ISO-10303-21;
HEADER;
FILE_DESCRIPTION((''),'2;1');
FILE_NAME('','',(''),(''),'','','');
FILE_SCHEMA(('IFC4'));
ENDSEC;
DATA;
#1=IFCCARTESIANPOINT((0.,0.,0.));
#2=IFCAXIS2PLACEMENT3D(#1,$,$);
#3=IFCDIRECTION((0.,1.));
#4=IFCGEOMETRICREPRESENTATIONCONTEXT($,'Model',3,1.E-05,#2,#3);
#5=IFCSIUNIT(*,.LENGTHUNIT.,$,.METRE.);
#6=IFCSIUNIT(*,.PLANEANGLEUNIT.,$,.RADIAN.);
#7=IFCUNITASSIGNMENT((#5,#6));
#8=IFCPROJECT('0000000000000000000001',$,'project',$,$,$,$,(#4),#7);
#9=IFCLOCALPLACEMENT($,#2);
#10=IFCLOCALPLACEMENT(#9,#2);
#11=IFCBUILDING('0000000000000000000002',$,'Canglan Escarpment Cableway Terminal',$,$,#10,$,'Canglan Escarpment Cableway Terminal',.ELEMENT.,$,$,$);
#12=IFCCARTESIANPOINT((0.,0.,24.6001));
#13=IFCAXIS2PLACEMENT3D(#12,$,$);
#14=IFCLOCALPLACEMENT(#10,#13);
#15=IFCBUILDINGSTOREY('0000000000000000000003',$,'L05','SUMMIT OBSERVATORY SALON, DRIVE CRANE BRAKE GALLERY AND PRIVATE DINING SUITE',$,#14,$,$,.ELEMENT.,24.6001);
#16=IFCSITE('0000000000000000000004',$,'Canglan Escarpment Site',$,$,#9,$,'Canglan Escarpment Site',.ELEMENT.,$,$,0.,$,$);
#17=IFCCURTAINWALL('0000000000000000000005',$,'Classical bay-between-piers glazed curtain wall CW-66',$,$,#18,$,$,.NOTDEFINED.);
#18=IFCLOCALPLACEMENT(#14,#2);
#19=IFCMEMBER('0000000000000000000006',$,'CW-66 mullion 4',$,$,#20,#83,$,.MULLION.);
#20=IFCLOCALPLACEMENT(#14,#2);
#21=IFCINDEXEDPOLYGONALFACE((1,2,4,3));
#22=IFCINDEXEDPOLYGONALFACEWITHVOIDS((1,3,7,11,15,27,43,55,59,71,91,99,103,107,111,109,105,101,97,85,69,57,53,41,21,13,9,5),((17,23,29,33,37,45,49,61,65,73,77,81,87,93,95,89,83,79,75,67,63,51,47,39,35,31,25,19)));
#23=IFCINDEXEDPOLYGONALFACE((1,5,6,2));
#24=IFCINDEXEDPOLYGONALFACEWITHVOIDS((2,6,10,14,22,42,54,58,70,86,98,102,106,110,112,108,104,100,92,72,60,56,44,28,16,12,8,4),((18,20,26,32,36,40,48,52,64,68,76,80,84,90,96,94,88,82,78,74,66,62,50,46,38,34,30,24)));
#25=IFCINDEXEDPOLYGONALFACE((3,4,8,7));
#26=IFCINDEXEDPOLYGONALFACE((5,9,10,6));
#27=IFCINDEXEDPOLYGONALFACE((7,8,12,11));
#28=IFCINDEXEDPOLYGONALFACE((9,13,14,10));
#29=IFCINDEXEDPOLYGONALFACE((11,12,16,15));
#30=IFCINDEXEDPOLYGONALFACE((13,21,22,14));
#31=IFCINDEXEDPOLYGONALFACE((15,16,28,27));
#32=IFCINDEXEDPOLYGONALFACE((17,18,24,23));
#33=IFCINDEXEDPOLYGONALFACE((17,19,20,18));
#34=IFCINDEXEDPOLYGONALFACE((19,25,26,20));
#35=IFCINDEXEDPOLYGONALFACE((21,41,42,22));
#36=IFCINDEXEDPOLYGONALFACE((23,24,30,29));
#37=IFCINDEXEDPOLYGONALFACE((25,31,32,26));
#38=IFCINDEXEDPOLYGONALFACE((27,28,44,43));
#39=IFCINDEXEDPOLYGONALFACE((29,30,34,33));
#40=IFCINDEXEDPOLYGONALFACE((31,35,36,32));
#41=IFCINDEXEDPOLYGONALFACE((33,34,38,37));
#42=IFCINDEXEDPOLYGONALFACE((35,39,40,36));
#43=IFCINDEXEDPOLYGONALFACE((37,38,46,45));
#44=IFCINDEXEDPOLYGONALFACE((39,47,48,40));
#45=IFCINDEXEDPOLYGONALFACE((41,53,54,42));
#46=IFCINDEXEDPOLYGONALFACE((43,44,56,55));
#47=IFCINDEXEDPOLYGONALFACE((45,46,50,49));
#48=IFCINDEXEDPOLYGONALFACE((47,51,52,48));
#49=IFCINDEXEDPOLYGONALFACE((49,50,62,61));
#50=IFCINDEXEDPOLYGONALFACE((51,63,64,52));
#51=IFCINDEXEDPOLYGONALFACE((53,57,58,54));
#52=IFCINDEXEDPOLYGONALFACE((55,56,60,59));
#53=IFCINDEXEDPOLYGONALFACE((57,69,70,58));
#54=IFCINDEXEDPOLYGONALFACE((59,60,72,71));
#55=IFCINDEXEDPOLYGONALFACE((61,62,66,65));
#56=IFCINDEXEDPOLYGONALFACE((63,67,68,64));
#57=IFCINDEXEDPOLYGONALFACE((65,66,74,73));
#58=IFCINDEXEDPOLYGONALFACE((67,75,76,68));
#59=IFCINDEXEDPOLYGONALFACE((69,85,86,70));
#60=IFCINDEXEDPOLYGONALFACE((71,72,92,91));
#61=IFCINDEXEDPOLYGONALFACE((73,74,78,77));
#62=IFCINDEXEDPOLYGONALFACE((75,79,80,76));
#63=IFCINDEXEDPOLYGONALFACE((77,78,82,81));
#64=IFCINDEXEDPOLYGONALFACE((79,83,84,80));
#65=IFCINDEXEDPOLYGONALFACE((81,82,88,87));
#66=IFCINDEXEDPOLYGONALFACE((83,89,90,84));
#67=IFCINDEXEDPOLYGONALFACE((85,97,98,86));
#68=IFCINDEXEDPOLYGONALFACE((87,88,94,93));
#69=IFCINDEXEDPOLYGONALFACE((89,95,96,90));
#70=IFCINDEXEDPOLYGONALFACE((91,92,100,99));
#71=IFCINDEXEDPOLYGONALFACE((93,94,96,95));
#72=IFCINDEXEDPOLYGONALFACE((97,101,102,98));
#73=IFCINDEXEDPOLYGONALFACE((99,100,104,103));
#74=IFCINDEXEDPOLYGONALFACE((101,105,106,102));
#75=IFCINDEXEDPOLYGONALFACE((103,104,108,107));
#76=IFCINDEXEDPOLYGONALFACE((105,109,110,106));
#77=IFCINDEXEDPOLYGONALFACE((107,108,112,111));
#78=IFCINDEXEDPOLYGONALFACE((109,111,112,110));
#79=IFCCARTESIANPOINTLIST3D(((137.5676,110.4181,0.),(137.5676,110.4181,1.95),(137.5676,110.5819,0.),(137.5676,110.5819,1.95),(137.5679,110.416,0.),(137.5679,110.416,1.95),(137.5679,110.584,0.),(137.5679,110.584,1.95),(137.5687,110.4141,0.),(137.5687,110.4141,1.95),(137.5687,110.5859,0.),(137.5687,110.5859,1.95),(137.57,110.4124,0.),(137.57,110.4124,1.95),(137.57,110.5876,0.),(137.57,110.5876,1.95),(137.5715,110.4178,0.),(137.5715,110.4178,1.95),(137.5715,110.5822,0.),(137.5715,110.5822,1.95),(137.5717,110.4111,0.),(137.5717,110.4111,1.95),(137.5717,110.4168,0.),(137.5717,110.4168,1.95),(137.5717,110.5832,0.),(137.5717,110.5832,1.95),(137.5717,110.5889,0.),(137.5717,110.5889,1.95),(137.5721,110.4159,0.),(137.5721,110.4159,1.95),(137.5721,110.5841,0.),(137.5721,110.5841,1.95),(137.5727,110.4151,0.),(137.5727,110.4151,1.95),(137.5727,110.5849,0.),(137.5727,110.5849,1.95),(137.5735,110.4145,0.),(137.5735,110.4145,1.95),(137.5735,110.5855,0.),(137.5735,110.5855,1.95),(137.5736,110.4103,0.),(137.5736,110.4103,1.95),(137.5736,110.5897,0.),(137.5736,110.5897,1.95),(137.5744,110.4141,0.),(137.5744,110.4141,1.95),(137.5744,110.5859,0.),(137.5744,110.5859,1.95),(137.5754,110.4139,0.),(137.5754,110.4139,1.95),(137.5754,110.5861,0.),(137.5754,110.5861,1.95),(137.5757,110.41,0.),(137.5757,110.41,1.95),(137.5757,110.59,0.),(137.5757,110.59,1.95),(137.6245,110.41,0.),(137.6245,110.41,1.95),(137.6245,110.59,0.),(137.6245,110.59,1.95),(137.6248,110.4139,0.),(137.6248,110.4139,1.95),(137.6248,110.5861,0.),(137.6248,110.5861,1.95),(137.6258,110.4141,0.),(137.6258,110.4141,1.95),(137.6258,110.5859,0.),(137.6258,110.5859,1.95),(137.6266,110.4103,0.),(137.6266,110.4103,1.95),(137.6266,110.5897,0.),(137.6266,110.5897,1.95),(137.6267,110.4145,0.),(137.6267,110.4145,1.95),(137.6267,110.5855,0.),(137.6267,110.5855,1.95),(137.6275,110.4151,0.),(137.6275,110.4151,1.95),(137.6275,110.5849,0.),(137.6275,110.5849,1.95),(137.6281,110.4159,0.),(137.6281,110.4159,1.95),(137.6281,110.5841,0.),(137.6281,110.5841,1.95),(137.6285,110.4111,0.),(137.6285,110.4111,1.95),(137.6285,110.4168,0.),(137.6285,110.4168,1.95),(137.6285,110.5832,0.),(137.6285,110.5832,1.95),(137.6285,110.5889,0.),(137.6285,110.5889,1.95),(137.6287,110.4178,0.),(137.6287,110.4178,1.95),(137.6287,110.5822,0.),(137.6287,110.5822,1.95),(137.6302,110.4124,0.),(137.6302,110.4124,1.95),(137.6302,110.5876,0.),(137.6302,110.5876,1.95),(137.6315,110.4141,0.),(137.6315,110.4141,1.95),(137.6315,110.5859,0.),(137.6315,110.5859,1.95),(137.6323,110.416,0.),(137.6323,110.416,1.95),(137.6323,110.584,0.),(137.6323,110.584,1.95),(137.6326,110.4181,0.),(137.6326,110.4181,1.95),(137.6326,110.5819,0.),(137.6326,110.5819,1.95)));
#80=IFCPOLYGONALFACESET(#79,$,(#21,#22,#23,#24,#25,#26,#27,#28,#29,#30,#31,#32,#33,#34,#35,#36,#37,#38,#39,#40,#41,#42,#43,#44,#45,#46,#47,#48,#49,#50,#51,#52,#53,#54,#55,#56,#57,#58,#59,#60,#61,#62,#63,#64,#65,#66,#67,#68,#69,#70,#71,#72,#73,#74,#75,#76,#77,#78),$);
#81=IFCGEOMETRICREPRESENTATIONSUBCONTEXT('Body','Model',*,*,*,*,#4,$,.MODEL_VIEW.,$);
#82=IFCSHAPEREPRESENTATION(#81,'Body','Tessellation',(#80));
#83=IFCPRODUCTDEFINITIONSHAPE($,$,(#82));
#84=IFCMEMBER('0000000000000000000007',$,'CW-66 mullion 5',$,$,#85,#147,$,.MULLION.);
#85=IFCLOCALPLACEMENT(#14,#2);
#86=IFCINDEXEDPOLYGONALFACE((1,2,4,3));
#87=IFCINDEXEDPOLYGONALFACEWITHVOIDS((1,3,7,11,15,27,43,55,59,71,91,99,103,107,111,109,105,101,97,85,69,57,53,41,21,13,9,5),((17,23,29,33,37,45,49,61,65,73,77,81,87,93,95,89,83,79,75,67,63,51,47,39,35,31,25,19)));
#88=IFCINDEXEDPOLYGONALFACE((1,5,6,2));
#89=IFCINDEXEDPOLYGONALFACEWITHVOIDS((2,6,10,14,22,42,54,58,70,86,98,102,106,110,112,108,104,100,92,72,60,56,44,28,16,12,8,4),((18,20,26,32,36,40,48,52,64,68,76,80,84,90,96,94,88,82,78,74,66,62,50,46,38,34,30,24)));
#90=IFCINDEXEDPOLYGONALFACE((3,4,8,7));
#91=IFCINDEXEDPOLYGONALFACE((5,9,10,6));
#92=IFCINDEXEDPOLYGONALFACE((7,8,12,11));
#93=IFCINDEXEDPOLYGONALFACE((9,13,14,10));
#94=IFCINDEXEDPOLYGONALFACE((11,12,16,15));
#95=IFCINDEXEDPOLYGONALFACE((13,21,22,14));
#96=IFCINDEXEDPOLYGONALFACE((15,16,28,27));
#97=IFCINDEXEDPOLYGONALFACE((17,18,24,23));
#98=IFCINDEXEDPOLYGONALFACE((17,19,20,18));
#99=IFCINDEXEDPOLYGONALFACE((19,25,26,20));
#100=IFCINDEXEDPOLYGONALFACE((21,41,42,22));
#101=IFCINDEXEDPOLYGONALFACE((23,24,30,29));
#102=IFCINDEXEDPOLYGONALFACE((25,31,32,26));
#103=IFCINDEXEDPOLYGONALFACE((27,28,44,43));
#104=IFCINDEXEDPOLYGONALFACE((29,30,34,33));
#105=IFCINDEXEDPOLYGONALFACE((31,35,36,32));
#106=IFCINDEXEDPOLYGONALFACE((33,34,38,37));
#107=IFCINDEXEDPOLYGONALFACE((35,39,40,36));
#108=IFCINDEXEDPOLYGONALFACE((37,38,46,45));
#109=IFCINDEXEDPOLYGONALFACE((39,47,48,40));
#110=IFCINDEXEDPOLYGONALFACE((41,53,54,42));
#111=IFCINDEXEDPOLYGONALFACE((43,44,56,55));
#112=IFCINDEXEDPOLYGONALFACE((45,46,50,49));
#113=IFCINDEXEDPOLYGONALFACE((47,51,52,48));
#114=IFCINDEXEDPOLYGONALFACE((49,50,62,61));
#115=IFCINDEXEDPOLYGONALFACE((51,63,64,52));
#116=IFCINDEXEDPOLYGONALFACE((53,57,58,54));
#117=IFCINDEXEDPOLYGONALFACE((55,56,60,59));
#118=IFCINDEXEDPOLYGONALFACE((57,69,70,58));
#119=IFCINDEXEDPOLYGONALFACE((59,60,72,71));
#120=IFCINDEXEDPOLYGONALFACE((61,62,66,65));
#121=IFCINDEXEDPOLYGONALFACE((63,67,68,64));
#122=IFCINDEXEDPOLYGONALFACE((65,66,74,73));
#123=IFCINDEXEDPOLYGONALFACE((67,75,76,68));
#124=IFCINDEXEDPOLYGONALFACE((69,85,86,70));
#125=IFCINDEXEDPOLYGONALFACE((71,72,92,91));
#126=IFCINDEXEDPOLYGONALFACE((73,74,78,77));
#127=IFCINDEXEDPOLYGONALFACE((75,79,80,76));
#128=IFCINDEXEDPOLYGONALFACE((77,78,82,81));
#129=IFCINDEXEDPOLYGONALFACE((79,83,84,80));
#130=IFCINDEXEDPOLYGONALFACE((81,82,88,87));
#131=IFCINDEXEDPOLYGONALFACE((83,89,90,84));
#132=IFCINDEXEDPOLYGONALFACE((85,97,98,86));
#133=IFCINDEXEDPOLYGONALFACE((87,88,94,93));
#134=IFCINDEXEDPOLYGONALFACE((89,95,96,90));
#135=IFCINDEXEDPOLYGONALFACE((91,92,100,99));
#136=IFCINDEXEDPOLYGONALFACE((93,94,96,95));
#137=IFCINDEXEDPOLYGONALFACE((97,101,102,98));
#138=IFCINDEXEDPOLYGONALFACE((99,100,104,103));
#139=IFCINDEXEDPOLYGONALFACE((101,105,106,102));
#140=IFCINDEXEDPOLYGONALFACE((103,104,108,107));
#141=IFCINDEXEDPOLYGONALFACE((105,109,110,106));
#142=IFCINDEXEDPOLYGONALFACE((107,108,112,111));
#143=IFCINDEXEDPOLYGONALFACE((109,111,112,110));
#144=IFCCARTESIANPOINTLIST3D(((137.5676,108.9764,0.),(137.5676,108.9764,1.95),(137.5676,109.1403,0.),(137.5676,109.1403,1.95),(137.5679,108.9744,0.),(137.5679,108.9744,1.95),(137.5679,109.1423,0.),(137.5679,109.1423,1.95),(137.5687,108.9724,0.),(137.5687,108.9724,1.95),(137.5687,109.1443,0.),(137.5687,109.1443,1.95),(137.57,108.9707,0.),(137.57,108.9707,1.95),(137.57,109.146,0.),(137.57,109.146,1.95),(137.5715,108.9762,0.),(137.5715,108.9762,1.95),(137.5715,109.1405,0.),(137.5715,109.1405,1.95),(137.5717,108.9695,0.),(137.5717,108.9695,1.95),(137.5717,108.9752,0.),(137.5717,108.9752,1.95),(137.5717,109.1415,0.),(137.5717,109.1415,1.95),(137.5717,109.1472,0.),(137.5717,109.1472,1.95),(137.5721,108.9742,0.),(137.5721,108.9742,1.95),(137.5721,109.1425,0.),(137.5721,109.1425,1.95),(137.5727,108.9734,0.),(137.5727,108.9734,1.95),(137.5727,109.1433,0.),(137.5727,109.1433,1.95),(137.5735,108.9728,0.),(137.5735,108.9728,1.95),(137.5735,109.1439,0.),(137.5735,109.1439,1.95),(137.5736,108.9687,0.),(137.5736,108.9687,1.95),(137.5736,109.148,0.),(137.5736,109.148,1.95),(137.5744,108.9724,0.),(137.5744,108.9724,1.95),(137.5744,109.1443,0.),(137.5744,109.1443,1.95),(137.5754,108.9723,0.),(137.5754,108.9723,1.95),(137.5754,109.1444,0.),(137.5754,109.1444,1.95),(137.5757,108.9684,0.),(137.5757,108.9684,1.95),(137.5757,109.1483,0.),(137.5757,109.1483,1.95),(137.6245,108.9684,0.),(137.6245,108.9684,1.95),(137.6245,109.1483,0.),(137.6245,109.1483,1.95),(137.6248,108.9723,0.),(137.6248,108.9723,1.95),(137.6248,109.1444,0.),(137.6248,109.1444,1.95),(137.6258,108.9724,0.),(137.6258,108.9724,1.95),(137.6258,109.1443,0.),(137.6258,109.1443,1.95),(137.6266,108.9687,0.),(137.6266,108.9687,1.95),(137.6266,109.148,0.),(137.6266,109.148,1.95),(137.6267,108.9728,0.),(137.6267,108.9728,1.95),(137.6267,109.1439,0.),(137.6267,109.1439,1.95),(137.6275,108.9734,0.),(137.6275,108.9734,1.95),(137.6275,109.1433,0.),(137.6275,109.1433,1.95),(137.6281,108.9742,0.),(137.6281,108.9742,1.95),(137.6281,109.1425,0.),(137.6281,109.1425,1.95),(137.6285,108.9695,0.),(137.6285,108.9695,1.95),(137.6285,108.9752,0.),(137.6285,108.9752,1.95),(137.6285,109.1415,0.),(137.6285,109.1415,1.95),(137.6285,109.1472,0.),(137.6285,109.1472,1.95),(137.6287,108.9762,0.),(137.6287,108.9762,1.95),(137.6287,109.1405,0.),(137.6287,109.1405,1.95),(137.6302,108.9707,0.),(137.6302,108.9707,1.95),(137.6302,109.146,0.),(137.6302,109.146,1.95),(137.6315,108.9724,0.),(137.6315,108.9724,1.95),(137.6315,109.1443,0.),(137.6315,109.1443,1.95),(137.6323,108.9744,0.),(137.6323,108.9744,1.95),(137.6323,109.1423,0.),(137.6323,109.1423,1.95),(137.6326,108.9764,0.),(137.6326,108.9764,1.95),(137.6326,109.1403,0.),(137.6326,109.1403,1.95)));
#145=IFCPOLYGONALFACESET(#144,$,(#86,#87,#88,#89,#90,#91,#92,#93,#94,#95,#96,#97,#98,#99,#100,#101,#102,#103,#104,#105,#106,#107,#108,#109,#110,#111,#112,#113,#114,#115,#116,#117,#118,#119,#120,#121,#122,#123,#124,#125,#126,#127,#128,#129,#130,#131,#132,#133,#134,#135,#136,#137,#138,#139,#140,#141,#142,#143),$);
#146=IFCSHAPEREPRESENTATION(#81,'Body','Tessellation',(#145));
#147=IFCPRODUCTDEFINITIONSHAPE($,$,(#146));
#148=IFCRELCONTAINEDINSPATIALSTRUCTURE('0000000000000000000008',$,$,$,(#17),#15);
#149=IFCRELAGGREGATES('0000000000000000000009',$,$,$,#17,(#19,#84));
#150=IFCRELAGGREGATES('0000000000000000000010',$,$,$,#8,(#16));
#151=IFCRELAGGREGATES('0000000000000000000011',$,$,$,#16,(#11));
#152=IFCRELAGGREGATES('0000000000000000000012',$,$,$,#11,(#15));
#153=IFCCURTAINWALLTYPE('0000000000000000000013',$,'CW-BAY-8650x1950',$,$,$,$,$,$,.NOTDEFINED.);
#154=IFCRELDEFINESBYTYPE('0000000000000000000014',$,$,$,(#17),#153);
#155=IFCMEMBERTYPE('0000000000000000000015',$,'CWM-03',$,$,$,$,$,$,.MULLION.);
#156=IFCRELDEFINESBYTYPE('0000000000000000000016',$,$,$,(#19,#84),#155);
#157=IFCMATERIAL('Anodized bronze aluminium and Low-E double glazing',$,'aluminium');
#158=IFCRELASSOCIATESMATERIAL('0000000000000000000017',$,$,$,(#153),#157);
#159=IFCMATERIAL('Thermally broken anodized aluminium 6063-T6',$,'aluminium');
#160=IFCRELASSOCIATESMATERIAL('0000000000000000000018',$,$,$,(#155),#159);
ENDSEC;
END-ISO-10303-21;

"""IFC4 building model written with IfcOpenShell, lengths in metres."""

from ifc_helpers import new_model, si_unit, direction, frame, origin, origin_2d, place, context, subcontext, project, spatial, hollow_rectangle, extrude, material, material_profile, profile_set, type_object, element, aggregate, save


model = new_model("IFC4")

# Units and contexts
model_context = context("Model", 3, precision=1e-05, world=origin(), true_north=direction((0.0, 1.0)))
body_context = subcontext(model_context, "Body", "Model", "MODEL_VIEW")
ifc_project = project(units=[si_unit("LENGTHUNIT", "METRE"), si_unit("PLANEANGLEUNIT", "RADIAN")], contexts=[model_context])

# Site, building, storey
site_placement = place(None, origin())
site = spatial("IfcSite", under=ifc_project, at=site_placement, Name="Canglan Escarpment Site", LongName="Canglan Escarpment Site", CompositionType="ELEMENT", RefElevation=0.0)
building_placement = place(site_placement, origin())
building = spatial("IfcBuilding", under=site, at=building_placement, Name="Canglan Escarpment Cableway Terminal", LongName="Canglan Escarpment Cableway Terminal", CompositionType="ELEMENT")
storey_placement = place(building_placement, frame((0.0, 0.0, 24.6001)))
storey = spatial("IfcBuildingStorey", under=building, at=storey_placement, Name="L05", Description="SUMMIT OBSERVATORY SALON, DRIVE CRANE BRAKE GALLERY AND PRIVATE DINING SUITE", CompositionType="ELEMENT", Elevation=24.6001)

# Curtain wall, members
ifc_material_1 = material(Name="Anodized bronze aluminium and Low-E double glazing", Category="aluminium")
curtain_wall_type = type_object("IfcCurtainWallType", Name="CW-BAY-8650x1950", PredefinedType="NOTDEFINED", material=ifc_material_1)
curtain_wall_placement = place(storey_placement, origin())
curtain_wall = element("IfcCurtainWall", 1, at=curtain_wall_placement, inside=storey, type_object=curtain_wall_type, Name="Classical bay-between-piers glazed curtain wall CW-66", PredefinedType="NOTDEFINED")
ifc_material_2 = material(Name="Thermally broken anodized aluminium 6063-T6", Category="aluminium")
ifc_material_profile_1 = material_profile(ifc_material_2, hollow_rectangle(XDim=0.0649, YDim=0.1799, WallThickness=0.0039, InnerFilletRadius=0.0039, OuterFilletRadius=0.0081, at=origin_2d()), Name="ALU-MULL 65x180x4")
ifc_profile_set_1 = profile_set([ifc_material_profile_1], Name="Thermally broken anodized aluminium 6063-T6")
member_type_1 = type_object("IfcMemberType", Name="CWM-03", PredefinedType="MULLION", material=ifc_profile_set_1)
member_1_placement = place(storey_placement, frame((137.6001, 110.5, 0.0), z_axis=(0.0, 0.0, 1.0), x_axis=(1.0, 0.0, 0.0)))
member_1 = element("IfcMember", 2, at=member_1_placement, type_object=member_type_1, Name="CW-66 mullion 4", PredefinedType="MULLION", context=body_context, shape_type="SweptSolid", body=[
    extrude(hollow_rectangle(XDim=0.0649, YDim=0.1799, WallThickness=0.0039, InnerFilletRadius=0.0039, OuterFilletRadius=0.0081, at=origin_2d()), origin(), (0.0, 0.0, 1.0), 1.95),
])
member_2_placement = place(storey_placement, frame((137.6001, 109.0583, 0.0), z_axis=(0.0, 0.0, 1.0), x_axis=(1.0, 0.0, 0.0)))
member_2 = element("IfcMember", 3, at=member_2_placement, type_object=member_type_1, Name="CW-66 mullion 5", PredefinedType="MULLION", context=body_context, shape_type="SweptSolid", body=[
    extrude(hollow_rectangle(XDim=0.0649, YDim=0.1799, WallThickness=0.0039, InnerFilletRadius=0.0039, OuterFilletRadius=0.0081, at=origin_2d()), origin(), (0.0, 0.0, 1.0), 1.95),
])

aggregate(curtain_wall, [member_1, member_2])

save(model, "model.ifc")
